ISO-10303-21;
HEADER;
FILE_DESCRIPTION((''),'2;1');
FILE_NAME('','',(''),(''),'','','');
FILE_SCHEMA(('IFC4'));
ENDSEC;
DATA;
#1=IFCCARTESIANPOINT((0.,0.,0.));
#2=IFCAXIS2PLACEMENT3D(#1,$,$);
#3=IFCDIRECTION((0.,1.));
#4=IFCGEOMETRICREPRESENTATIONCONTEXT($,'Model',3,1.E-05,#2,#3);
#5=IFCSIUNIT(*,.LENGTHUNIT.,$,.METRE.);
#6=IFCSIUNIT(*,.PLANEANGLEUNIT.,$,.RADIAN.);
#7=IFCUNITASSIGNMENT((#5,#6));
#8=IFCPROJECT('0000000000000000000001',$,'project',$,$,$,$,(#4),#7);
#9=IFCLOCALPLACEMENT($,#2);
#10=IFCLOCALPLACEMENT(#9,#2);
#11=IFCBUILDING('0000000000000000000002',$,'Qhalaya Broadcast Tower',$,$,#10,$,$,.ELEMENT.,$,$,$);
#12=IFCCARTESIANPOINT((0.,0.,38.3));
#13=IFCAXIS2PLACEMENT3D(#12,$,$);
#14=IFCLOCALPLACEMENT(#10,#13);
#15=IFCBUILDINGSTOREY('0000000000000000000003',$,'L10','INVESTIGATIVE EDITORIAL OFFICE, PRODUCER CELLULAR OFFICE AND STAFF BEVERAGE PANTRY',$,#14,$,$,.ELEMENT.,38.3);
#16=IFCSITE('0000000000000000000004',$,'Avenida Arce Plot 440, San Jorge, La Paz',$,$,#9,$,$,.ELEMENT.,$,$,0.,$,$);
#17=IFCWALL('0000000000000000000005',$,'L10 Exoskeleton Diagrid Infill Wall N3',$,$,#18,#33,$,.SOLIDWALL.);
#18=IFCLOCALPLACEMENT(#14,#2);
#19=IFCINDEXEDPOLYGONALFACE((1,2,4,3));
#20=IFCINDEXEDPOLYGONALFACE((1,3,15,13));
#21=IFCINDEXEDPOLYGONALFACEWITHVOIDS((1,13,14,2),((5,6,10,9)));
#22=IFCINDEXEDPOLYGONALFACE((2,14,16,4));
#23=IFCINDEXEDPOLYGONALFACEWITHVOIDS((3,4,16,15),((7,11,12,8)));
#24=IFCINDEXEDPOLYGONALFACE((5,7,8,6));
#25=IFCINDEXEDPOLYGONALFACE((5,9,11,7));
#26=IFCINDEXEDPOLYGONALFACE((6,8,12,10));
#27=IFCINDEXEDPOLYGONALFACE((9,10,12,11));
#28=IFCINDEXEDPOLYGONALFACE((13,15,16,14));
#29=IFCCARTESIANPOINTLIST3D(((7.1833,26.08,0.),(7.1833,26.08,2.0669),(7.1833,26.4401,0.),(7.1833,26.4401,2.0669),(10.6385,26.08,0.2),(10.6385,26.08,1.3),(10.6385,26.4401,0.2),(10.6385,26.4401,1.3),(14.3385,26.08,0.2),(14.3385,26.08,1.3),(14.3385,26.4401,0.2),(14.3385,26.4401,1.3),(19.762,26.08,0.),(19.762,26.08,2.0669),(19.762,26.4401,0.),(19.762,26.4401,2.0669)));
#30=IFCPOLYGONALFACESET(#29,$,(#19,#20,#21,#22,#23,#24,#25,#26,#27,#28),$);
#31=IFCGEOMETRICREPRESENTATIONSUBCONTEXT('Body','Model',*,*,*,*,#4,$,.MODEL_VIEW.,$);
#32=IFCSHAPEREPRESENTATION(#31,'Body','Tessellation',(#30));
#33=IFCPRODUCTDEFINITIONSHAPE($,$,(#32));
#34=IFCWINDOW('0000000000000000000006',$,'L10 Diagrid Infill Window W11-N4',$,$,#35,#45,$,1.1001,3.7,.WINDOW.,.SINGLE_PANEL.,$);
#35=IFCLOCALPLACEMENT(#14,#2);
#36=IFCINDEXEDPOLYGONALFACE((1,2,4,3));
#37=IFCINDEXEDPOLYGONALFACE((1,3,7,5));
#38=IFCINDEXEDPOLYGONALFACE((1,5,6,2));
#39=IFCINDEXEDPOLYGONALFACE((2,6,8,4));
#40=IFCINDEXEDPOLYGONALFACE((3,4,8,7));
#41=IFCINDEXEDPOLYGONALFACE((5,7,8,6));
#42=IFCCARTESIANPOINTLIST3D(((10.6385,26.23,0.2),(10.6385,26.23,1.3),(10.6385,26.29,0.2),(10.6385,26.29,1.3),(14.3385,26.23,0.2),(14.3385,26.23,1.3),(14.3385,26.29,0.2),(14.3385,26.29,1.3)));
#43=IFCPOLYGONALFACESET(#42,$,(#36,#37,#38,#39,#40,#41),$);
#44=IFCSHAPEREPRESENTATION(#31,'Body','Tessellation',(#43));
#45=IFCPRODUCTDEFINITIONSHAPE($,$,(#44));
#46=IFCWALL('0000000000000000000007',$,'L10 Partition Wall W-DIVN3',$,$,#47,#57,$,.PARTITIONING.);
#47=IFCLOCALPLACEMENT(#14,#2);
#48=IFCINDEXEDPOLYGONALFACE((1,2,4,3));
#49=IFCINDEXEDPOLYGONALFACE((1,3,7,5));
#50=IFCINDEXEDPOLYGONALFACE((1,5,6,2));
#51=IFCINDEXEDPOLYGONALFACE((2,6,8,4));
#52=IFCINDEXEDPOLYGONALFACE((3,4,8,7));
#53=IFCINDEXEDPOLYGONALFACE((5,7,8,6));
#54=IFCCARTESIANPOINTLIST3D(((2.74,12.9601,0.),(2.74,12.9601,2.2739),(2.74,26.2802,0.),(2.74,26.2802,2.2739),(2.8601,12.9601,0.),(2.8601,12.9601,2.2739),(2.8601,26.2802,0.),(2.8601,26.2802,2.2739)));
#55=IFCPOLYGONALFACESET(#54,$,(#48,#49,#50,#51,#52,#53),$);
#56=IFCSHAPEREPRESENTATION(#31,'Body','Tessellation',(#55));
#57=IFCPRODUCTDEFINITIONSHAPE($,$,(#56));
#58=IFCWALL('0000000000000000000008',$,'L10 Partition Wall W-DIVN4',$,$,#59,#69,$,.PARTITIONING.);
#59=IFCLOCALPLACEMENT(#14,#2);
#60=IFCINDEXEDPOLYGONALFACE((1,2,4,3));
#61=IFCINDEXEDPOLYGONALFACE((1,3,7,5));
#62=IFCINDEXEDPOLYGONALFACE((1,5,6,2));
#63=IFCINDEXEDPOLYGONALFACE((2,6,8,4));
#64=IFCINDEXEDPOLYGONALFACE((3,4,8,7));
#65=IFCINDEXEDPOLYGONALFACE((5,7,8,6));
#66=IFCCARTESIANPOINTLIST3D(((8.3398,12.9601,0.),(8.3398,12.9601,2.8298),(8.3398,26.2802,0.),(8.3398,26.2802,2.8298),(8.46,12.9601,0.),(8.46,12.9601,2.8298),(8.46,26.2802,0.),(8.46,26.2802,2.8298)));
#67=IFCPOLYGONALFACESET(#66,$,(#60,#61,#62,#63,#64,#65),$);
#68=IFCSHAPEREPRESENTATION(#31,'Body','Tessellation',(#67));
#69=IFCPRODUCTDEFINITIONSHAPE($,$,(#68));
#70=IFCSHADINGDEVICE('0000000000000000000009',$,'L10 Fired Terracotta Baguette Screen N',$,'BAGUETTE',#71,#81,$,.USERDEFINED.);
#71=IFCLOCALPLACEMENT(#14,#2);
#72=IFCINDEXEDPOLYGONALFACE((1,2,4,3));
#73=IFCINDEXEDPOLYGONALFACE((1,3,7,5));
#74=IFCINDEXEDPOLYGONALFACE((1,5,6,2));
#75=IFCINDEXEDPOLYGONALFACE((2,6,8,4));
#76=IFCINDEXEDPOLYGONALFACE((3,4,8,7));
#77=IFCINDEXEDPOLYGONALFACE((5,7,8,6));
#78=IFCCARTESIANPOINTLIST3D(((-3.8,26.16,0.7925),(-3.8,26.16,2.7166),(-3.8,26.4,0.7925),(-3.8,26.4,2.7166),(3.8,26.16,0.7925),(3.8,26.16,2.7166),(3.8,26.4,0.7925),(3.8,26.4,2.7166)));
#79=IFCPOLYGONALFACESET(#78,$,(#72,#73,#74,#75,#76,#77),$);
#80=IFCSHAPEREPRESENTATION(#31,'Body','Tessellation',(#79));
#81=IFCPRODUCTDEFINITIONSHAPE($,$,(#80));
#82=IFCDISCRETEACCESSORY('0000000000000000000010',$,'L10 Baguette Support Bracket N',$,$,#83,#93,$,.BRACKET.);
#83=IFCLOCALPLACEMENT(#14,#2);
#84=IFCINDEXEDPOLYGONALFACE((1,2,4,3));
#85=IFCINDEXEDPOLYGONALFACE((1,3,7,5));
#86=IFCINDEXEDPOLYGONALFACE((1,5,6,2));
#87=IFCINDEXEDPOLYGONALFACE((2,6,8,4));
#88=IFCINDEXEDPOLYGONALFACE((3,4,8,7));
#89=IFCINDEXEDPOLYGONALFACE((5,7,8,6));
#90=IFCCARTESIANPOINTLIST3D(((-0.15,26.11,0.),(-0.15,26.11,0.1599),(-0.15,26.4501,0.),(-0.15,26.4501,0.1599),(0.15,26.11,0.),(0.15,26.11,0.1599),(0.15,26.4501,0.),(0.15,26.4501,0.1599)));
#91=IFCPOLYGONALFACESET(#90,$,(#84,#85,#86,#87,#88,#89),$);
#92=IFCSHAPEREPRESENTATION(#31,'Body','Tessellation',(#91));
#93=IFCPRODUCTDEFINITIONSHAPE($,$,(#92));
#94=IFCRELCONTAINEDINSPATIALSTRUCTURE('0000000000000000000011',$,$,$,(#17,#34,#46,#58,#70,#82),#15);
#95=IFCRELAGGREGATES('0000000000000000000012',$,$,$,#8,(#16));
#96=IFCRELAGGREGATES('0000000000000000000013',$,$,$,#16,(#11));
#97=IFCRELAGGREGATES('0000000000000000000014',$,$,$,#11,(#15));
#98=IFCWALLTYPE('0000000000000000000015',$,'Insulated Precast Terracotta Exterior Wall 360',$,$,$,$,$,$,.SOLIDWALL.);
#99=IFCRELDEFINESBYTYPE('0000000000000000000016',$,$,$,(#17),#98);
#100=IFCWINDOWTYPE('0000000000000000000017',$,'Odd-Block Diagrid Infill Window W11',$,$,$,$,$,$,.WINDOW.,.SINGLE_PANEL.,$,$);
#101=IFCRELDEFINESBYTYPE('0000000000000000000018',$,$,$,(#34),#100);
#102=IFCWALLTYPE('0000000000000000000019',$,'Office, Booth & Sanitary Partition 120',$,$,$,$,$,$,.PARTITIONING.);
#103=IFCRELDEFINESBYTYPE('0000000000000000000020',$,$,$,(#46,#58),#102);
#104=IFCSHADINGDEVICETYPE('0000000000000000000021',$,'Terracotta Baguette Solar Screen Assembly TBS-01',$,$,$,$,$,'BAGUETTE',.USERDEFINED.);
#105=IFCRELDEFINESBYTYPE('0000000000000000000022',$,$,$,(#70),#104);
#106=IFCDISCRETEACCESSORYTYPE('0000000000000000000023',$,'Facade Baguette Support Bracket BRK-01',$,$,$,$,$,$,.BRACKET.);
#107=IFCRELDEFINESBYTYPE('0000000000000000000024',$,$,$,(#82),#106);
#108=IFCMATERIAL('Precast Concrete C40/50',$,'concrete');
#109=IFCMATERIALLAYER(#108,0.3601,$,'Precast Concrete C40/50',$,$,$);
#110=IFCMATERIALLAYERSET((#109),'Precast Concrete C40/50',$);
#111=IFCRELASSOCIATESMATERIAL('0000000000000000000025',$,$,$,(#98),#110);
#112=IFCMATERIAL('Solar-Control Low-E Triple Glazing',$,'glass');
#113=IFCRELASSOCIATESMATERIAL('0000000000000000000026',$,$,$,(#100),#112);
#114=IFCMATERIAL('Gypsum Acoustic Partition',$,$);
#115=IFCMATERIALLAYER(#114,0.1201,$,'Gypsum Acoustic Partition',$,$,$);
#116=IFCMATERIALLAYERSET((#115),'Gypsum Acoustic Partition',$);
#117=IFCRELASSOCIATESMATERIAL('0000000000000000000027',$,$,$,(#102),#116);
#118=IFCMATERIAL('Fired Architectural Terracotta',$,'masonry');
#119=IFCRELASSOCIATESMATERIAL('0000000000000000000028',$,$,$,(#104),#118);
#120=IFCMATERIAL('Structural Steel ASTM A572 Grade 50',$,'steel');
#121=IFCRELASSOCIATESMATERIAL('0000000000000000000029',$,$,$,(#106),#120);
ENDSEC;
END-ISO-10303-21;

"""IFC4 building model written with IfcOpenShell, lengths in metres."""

from ifc_helpers import new_model, si_unit, direction, frame, frame_2d, origin, origin_2d, place, context, subcontext, project, spatial, rectangle, extrude, material, layer, layer_set, type_object, element, fill, save


model = new_model("IFC4")

# Units and contexts
model_context = context("Model", 3, precision=1e-05, world=origin(), true_north=direction((0.0, 1.0)))
body_context = subcontext(model_context, "Body", "Model", "MODEL_VIEW")
ifc_project = project(units=[si_unit("LENGTHUNIT", "METRE"), si_unit("PLANEANGLEUNIT", "RADIAN")], contexts=[model_context])

# Site, building, storey
site_placement = place(None, origin())
site = spatial("IfcSite", under=ifc_project, at=site_placement, Name="Avenida Arce Plot 440, San Jorge, La Paz", CompositionType="ELEMENT", RefElevation=0.0)
building_placement = place(site_placement, origin())
building = spatial("IfcBuilding", under=site, at=building_placement, Name="Qhalaya Broadcast Tower", CompositionType="ELEMENT")
storey_placement = place(building_placement, frame((0.0, 0.0, 38.3)))
storey = spatial("IfcBuildingStorey", under=building, at=storey_placement, Name="L10", Description="INVESTIGATIVE EDITORIAL OFFICE, PRODUCER CELLULAR OFFICE AND STAFF BEVERAGE PANTRY", CompositionType="ELEMENT", Elevation=38.3)

# Shared definitions
ifc_material_1 = material(Name="Structural Steel ASTM A572 Grade 50", Category="steel")

# Shared definitions
ifc_material_2 = material(Name="Gypsum Acoustic Partition")

# Wall, opening, window
ifc_material_3 = material(Name="Precast Concrete C40/50", Category="concrete")
ifc_layer_1 = layer(ifc_material_3, 0.3601, Name="Precast Concrete C40/50")
ifc_layer_set_1 = layer_set([ifc_layer_1], Name="Precast Concrete C40/50")
wall_type_1 = type_object("IfcWallType", Name="Insulated Precast Terracotta Exterior Wall 360", PredefinedType="SOLIDWALL", material=ifc_layer_set_1)
wall_1_placement = place(storey_placement, frame((7.1833, 26.26, 0.0), z_axis=(0.0, 0.0, 1.0), x_axis=(1.0, 0.0, 0.0)))
wall_1 = element("IfcWall", 1, at=wall_1_placement, inside=storey, type_object=wall_type_1, Name="L10 Exoskeleton Diagrid Infill Wall N3", PredefinedType="SOLIDWALL", context=body_context, shape_type="SweptSolid", body=[
    extrude(rectangle(XDim=12.5786, YDim=0.3601, at=frame_2d((6.2893, 0.0))), origin(), (0.0, 0.0, 1.0), 2.0669),
])
opening_1_placement = place(wall_1_placement, frame((3.4551, 0.0, 0.2)))
opening_1 = element("IfcOpeningElement", 2, at=opening_1_placement, cuts=wall_1, PredefinedType="OPENING", context=body_context, shape_type="SweptSolid", body=[
    extrude(rectangle(XDim=3.7, YDim=1.1001, at=frame_2d((1.8501, 0.55))), frame((0.0, 0.1921, 0.0), z_axis=(0.0, -1.0, 0.0), x_axis=(1.0, 0.0, 0.0)), (0.0, 0.0, 1.0), 0.384),
])
ifc_material_4 = material(Name="Solar-Control Low-E Triple Glazing", Category="glass")
window_type = type_object("IfcWindowType", Name="Odd-Block Diagrid Infill Window W11", PartitioningType="SINGLE_PANEL", PredefinedType="WINDOW", material=ifc_material_4)
window_placement = place(opening_1_placement, origin())
window = element("IfcWindow", 3, at=window_placement, inside=storey, type_object=window_type, Name="L10 Diagrid Infill Window W11-N4", OverallHeight=1.1001, OverallWidth=3.7, PartitioningType="SINGLE_PANEL", PredefinedType="WINDOW", context=body_context, shape_type="SweptSolid", body=[
    extrude(rectangle(XDim=3.7, YDim=1.1001, at=frame_2d((1.8501, 0.55))), frame((0.0, 0.03, 0.0), z_axis=(0.0, -1.0, 0.0), x_axis=(1.0, 0.0, 0.0)), (0.0, 0.0, 1.0), 0.0601),
])
fill(opening_1, window)

# Walls
ifc_layer_2 = layer(ifc_material_2, 0.1201, Name="Gypsum Acoustic Partition")
ifc_layer_set_2 = layer_set([ifc_layer_2], Name="Gypsum Acoustic Partition")
wall_type_2 = type_object("IfcWallType", Name="Office, Booth & Sanitary Partition 120", PredefinedType="PARTITIONING", material=ifc_layer_set_2)
wall_2_placement = place(storey_placement, frame((2.8, 12.96, 0.0), z_axis=(0.0, 0.0, 1.0), x_axis=(0.0, 1.0, 0.0)))
element("IfcWall", 4, at=wall_2_placement, inside=storey, type_object=wall_type_2, Name="L10 Partition Wall W-DIVN3", PredefinedType="PARTITIONING", context=body_context, shape_type="SweptSolid", body=[
    extrude(rectangle(XDim=13.3201, YDim=0.1201, at=frame_2d((6.6602, 0.0))), origin(), (0.0, 0.0, 1.0), 2.2739),
])
wall_3_placement = place(storey_placement, frame((8.3999, 12.96, 0.0), z_axis=(0.0, 0.0, 1.0), x_axis=(0.0, 1.0, 0.0)))
element("IfcWall", 5, at=wall_3_placement, inside=storey, type_object=wall_type_2, Name="L10 Partition Wall W-DIVN4", PredefinedType="PARTITIONING", context=body_context, shape_type="SweptSolid", body=[
    extrude(rectangle(XDim=13.3201, YDim=0.1201, at=frame_2d((6.6602, 0.0))), origin(), (0.0, 0.0, 1.0), 2.8298),
])

# Shading device
ifc_material_5 = material(Name="Fired Architectural Terracotta", Category="masonry")
shading_device_type = type_object("IfcShadingDeviceType", Name="Terracotta Baguette Solar Screen Assembly TBS-01", ElementType="BAGUETTE", PredefinedType="USERDEFINED", material=ifc_material_5)
shading_device_placement = place(storey_placement, frame((0.0, 26.28, 0.7925), z_axis=(0.0, 0.0, 1.0), x_axis=(-1.0, 0.0, 0.0)))
element("IfcShadingDevice", 6, at=shading_device_placement, inside=storey, type_object=shading_device_type, Name="L10 Fired Terracotta Baguette Screen N", ObjectType="BAGUETTE", PredefinedType="USERDEFINED", context=body_context, shape_type="SweptSolid", body=[
    extrude(rectangle(XDim=7.6001, YDim=0.24, at=origin_2d()), origin(), (0.0, 0.0, 1.0), 1.9241),
])

# Discrete accessory
discrete_accessory_type = type_object("IfcDiscreteAccessoryType", Name="Facade Baguette Support Bracket BRK-01", PredefinedType="BRACKET", material=ifc_material_1)
discrete_accessory_placement = place(storey_placement, frame((0.0, 26.28, 0.0), z_axis=(0.0, 0.0, 1.0), x_axis=(-1.0, 0.0, 0.0)))
element("IfcDiscreteAccessory", 7, at=discrete_accessory_placement, inside=storey, type_object=discrete_accessory_type, Name="L10 Baguette Support Bracket N", PredefinedType="BRACKET", context=body_context, shape_type="SweptSolid", body=[
    extrude(rectangle(XDim=0.3, YDim=0.3401, at=origin_2d()), origin(), (0.0, 0.0, 1.0), 0.1599),
])

save(model, "model.ifc")
